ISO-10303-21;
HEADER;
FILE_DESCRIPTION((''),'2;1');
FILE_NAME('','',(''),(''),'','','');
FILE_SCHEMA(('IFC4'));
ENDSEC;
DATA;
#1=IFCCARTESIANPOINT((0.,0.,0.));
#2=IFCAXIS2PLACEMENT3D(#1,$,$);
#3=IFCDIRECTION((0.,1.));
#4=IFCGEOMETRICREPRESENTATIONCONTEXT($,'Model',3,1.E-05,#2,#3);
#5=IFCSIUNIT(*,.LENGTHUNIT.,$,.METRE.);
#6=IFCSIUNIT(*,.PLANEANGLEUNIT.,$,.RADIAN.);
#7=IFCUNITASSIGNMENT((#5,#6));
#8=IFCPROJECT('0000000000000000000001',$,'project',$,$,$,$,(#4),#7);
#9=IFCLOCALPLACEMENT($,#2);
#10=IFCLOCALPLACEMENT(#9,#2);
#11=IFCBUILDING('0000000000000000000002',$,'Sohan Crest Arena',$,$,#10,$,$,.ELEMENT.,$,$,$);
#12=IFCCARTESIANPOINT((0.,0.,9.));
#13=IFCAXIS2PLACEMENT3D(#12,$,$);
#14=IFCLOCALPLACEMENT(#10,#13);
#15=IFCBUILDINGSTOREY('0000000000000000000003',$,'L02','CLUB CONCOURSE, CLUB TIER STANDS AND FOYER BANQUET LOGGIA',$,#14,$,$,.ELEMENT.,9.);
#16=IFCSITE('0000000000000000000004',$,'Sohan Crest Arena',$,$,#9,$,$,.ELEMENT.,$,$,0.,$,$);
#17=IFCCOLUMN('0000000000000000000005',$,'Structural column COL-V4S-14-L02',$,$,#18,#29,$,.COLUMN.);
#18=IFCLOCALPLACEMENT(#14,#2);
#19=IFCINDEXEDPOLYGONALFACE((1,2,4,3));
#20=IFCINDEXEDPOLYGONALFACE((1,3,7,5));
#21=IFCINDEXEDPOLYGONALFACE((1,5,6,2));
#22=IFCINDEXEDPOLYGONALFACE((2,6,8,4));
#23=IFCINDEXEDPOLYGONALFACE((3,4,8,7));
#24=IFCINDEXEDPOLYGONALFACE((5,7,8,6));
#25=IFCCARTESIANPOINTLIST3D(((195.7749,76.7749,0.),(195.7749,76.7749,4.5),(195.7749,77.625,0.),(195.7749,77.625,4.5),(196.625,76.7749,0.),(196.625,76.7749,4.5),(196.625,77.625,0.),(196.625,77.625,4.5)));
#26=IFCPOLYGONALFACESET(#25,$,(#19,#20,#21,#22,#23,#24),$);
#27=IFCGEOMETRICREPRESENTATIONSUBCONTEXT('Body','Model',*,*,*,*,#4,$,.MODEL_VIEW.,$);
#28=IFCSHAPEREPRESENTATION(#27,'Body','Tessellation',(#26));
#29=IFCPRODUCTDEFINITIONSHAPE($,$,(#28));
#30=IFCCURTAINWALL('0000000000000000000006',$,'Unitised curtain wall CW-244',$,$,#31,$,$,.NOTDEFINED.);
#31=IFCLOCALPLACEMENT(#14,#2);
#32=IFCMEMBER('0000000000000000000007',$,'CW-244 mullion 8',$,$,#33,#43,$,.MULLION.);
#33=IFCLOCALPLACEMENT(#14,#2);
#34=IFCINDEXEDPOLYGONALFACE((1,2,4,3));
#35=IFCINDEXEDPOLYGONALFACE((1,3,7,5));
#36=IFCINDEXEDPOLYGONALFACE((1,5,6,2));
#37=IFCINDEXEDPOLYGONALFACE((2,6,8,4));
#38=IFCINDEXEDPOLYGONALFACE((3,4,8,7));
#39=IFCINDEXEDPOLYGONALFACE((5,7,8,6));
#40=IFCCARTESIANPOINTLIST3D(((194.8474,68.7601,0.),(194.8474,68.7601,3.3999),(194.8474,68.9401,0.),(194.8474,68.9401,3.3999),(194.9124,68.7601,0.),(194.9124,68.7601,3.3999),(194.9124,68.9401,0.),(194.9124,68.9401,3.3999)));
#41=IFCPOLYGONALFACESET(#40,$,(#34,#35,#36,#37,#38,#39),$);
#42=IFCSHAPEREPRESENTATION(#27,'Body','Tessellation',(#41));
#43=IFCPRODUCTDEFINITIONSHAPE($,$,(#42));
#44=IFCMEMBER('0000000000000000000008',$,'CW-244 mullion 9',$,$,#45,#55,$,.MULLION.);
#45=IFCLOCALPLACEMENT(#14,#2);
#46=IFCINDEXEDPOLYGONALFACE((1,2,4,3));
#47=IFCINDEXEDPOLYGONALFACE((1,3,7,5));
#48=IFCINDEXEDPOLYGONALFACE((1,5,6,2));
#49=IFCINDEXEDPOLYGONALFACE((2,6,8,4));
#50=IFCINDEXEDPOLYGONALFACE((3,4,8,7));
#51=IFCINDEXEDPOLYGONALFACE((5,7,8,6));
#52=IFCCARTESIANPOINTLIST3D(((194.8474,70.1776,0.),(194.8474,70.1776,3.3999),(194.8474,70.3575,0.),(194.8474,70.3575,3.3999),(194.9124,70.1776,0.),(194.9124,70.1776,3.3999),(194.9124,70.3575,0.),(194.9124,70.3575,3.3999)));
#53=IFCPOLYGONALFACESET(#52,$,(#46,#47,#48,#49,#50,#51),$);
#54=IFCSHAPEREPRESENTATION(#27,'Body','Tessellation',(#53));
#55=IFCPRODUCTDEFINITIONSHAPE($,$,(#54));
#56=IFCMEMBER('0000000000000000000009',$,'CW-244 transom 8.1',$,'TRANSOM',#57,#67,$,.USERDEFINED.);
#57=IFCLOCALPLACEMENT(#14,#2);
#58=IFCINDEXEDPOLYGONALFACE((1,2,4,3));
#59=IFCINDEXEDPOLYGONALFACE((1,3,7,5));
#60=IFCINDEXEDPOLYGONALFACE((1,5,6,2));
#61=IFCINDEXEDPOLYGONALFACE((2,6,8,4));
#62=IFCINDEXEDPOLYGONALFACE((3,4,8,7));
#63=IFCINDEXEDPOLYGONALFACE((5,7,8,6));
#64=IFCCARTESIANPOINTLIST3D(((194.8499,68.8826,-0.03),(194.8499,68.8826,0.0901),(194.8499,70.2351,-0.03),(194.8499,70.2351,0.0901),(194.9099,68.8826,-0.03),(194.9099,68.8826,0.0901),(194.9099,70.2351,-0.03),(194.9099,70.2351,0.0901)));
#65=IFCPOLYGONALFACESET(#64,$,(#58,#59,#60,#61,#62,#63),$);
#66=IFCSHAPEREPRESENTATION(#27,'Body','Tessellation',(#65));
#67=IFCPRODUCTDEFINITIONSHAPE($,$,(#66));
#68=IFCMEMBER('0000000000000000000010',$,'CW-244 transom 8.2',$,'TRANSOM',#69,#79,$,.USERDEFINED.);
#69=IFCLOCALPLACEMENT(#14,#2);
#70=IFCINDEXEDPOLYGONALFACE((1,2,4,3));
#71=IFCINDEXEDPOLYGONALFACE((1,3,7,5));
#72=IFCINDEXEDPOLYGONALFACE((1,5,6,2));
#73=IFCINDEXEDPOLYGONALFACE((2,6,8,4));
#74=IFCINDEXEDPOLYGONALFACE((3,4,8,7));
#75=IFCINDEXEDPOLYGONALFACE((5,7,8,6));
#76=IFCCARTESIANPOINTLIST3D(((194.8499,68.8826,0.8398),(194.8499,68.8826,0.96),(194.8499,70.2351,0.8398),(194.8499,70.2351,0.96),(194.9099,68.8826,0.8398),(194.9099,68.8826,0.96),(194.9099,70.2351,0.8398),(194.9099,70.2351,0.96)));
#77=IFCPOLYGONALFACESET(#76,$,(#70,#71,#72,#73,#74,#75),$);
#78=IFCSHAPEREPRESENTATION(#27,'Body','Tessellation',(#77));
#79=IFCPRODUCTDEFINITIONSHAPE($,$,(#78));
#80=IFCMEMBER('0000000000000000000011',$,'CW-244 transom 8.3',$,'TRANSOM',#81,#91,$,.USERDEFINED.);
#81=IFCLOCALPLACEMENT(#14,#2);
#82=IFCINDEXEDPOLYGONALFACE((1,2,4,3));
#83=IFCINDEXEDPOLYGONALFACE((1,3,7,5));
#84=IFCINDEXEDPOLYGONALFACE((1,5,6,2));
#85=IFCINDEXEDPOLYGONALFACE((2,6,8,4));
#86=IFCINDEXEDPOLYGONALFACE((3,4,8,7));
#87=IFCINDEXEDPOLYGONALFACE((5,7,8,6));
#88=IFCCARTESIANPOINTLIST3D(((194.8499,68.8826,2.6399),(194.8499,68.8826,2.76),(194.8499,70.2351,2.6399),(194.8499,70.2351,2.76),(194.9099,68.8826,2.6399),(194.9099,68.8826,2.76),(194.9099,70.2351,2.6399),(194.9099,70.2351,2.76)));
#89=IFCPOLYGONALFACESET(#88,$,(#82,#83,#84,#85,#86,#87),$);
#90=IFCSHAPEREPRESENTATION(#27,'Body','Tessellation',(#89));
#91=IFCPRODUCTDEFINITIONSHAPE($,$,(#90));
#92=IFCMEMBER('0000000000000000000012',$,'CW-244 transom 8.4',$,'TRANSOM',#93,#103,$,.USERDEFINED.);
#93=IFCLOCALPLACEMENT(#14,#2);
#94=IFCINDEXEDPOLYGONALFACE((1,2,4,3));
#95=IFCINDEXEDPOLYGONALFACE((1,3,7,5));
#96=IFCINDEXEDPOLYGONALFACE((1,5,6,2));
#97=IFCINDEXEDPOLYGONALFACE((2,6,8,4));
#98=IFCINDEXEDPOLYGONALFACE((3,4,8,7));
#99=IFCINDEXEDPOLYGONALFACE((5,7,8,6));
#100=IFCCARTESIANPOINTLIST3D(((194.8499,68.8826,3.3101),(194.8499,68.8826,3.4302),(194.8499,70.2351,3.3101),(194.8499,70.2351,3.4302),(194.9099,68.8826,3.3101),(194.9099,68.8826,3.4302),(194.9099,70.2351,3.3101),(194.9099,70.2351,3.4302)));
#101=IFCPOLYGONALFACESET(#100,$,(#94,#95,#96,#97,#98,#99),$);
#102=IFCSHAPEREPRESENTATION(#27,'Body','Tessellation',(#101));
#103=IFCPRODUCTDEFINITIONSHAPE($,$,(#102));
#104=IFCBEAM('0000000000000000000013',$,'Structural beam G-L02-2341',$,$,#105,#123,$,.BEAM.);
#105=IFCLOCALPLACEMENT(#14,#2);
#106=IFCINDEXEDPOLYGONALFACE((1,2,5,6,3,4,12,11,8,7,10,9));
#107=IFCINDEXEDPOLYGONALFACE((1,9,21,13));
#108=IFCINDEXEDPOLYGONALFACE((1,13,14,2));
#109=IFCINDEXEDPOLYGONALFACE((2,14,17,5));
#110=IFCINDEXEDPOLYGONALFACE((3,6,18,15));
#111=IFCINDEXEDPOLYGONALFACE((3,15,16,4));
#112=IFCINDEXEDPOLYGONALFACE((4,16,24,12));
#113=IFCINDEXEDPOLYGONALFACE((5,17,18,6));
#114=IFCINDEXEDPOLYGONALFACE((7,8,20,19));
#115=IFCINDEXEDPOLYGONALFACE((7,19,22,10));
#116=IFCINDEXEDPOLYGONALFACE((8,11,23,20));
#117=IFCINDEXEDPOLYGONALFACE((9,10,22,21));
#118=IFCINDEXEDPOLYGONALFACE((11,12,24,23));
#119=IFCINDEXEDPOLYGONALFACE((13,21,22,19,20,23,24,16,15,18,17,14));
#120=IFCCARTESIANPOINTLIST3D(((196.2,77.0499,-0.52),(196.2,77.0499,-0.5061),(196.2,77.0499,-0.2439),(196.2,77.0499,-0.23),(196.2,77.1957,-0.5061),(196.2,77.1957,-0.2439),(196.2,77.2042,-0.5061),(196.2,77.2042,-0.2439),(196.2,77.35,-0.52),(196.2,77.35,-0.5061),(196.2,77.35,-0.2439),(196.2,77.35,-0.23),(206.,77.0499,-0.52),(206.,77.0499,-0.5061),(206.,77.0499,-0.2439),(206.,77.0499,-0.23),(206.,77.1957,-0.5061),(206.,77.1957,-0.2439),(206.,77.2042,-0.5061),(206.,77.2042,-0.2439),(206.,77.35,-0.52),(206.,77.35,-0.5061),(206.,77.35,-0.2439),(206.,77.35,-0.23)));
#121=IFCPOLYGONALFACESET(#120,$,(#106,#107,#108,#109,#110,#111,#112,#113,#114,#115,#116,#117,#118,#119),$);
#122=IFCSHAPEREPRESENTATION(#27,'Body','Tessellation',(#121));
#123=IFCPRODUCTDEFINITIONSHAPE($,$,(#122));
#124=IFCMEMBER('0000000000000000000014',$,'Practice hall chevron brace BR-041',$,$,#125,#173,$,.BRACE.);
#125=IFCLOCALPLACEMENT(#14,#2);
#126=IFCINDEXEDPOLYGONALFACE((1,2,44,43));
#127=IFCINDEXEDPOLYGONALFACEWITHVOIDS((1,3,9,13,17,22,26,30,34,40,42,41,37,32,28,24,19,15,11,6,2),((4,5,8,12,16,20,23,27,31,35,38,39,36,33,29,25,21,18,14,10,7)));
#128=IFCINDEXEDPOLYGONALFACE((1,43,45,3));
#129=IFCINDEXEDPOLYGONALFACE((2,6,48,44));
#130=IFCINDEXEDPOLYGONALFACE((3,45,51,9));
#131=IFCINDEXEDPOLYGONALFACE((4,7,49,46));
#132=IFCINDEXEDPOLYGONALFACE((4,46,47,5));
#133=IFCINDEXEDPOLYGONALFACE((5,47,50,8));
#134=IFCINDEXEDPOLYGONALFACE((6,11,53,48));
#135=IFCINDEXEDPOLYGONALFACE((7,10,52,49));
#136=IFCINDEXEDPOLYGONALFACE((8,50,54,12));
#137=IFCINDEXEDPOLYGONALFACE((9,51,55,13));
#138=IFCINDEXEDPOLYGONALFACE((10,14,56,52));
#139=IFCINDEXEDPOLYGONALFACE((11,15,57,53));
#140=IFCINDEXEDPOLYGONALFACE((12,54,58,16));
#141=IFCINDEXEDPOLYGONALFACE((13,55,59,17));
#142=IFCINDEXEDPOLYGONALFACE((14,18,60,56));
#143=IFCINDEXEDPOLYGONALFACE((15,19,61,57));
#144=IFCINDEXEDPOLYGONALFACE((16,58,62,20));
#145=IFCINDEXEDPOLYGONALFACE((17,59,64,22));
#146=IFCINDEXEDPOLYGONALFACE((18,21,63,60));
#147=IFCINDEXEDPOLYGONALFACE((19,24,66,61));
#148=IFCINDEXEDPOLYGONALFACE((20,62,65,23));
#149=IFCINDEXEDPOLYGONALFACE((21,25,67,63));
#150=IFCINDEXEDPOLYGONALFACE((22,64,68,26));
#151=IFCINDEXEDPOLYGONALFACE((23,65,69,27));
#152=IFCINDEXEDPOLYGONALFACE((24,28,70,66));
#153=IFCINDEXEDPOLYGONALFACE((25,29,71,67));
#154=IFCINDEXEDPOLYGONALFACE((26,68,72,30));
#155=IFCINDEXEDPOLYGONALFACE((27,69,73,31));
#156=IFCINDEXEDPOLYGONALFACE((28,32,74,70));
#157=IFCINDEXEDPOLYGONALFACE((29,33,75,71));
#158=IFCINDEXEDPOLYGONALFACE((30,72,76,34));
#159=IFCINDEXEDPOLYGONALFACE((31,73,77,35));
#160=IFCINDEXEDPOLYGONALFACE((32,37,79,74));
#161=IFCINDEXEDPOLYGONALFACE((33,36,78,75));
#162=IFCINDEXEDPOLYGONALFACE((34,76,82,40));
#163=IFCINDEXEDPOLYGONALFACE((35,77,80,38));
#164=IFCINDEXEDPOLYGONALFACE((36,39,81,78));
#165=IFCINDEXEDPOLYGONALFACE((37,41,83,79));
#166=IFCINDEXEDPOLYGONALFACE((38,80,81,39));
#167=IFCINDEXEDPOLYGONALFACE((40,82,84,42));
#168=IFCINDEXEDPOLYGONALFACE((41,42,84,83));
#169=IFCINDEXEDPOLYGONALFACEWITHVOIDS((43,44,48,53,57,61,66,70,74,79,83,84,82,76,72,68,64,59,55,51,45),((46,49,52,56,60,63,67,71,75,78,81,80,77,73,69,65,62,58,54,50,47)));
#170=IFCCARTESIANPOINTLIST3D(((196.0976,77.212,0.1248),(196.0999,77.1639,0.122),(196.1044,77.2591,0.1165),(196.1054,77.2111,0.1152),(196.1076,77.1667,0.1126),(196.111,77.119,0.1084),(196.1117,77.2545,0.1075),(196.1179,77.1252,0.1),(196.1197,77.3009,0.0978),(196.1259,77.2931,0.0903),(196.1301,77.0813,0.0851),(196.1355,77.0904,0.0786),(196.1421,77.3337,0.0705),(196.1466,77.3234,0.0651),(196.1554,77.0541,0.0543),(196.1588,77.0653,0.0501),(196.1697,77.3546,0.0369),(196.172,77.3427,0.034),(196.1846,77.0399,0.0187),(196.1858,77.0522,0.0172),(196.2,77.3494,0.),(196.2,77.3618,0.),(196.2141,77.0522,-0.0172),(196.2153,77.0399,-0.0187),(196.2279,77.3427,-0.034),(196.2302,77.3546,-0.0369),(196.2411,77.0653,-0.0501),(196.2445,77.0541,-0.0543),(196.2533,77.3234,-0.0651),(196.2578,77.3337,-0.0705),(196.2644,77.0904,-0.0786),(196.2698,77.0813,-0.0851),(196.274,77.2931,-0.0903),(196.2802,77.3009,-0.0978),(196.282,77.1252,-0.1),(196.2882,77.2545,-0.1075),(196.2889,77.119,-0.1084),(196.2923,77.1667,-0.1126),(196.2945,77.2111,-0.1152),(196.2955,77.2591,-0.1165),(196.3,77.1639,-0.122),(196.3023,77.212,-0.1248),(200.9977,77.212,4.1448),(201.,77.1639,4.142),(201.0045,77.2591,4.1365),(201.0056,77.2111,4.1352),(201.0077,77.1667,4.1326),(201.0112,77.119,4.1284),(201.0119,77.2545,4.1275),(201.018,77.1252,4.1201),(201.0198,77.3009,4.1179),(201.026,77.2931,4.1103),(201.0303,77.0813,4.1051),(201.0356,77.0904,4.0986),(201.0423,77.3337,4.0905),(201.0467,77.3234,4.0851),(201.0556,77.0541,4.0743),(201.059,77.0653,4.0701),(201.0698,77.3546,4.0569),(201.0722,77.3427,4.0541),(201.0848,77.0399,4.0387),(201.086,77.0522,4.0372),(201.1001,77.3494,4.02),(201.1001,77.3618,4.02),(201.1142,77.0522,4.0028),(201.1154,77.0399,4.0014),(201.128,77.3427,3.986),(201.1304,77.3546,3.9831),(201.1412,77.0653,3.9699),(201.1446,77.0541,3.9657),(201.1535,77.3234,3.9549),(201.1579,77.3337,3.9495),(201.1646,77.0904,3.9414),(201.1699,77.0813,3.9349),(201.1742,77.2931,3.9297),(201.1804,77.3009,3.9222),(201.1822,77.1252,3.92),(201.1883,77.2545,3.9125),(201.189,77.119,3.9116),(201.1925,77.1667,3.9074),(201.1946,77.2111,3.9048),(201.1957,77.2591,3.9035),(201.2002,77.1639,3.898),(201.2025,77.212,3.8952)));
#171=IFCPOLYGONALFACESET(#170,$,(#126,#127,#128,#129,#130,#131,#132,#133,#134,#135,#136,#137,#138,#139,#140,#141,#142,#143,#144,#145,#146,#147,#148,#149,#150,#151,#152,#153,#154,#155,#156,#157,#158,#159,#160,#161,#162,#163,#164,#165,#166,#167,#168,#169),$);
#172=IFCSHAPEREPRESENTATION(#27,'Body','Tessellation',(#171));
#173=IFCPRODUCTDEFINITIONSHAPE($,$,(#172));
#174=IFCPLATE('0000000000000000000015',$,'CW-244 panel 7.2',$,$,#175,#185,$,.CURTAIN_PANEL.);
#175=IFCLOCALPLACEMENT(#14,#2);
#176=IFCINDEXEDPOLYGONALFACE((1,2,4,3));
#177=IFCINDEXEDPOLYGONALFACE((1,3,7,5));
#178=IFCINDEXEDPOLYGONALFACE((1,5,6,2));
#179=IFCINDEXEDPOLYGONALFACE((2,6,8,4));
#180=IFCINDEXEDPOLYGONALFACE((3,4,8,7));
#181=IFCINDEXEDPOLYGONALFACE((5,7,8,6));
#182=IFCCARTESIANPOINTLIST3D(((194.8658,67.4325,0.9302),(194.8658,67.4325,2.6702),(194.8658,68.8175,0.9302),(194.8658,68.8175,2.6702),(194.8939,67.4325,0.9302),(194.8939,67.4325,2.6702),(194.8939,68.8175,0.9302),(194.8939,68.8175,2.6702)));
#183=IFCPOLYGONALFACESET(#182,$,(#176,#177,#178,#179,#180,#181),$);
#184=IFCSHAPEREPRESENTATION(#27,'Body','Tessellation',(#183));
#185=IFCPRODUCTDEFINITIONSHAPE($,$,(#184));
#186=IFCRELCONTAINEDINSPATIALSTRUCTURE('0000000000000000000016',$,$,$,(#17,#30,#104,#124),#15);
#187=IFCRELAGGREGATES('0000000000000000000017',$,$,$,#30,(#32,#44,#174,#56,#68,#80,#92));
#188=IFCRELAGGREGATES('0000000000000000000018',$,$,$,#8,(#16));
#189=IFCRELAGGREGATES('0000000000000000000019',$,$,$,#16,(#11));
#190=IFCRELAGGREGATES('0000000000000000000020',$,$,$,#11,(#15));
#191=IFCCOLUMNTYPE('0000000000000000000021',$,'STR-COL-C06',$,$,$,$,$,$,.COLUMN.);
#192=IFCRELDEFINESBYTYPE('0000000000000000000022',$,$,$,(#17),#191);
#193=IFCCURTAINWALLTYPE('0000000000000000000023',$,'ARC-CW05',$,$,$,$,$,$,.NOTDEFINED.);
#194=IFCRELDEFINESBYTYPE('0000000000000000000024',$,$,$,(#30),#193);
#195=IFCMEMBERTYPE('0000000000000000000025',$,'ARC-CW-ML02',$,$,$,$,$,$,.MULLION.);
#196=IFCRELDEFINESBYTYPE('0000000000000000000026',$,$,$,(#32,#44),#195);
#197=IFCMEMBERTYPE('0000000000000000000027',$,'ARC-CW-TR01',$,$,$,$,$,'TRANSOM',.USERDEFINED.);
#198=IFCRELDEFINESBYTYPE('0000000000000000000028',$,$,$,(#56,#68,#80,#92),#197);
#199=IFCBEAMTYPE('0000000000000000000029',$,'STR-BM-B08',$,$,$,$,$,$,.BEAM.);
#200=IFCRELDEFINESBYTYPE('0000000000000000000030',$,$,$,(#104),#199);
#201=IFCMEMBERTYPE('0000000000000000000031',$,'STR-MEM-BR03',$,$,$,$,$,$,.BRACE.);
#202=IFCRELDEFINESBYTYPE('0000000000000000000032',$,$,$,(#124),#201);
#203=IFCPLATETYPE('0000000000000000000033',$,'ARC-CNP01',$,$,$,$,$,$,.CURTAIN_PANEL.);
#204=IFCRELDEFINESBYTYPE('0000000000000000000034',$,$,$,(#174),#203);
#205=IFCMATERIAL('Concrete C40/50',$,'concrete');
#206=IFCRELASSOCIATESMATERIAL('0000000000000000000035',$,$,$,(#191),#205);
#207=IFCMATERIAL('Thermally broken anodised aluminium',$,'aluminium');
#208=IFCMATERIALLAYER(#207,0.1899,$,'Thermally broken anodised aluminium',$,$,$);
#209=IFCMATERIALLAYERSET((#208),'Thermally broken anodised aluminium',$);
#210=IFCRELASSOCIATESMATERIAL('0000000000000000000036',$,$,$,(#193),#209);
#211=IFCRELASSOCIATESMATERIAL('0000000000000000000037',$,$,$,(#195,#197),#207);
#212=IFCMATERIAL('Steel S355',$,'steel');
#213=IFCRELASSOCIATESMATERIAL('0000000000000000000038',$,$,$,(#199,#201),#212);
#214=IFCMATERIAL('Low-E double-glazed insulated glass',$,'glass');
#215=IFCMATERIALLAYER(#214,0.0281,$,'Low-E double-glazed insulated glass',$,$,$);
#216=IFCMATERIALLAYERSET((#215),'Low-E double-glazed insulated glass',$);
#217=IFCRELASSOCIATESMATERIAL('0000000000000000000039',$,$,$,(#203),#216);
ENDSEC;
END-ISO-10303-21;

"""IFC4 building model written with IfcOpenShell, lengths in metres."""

from ifc_helpers import new_model, si_unit, direction, frame, origin, origin_2d, place, context, subcontext, project, spatial, rectangle, hollow_circle, i_section, extrude, material, layer, layer_set, material_profile, profile_set, type_object, element, aggregate, save


model = new_model("IFC4")

# Units and contexts
model_context = context("Model", 3, precision=1e-05, world=origin(), true_north=direction((0.0, 1.0)))
body_context = subcontext(model_context, "Body", "Model", "MODEL_VIEW")
ifc_project = project(units=[si_unit("LENGTHUNIT", "METRE"), si_unit("PLANEANGLEUNIT", "RADIAN")], contexts=[model_context])

# Site, building, storey
site_placement = place(None, origin())
site = spatial("IfcSite", under=ifc_project, at=site_placement, Name="Sohan Crest Arena", CompositionType="ELEMENT", RefElevation=0.0)
building_placement = place(site_placement, origin())
building = spatial("IfcBuilding", under=site, at=building_placement, Name="Sohan Crest Arena", CompositionType="ELEMENT")
storey_placement = place(building_placement, frame((0.0, 0.0, 9.0)))
storey = spatial("IfcBuildingStorey", under=building, at=storey_placement, Name="L02", Description="CLUB CONCOURSE, CLUB TIER STANDS AND FOYER BANQUET LOGGIA", CompositionType="ELEMENT", Elevation=9.0)

# Column
ifc_material_1 = material(Name="Concrete C40/50", Category="concrete")
ifc_material_profile_1 = material_profile(ifc_material_1, rectangle(XDim=0.8501, YDim=0.8501, at=origin_2d()), Name="RC 850x850")
ifc_profile_set_1 = profile_set([ifc_material_profile_1], Name="Concrete C40/50")
column_type = type_object("IfcColumnType", Name="STR-COL-C06", PredefinedType="COLUMN", material=ifc_profile_set_1)
column_placement = place(storey_placement, frame((196.2, 77.2, 0.0), z_axis=(0.0, 0.0, 1.0), x_axis=(1.0, 0.0, 0.0)))
element("IfcColumn", 1, at=column_placement, inside=storey, type_object=column_type, Name="Structural column COL-V4S-14-L02", PredefinedType="COLUMN", context=body_context, shape_type="SweptSolid", body=[
    extrude(rectangle(XDim=0.8501, YDim=0.8501, at=origin_2d()), origin(), (0.0, 0.0, 1.0), 4.5),
])

# Curtain wall, members
ifc_material_2 = material(Name="Thermally broken anodised aluminium", Category="aluminium")
ifc_layer_1 = layer(ifc_material_2, 0.1899, Name="Thermally broken anodised aluminium")
ifc_layer_set_1 = layer_set([ifc_layer_1], Name="Thermally broken anodised aluminium")
curtain_wall_type = type_object("IfcCurtainWallType", Name="ARC-CW05", PredefinedType="NOTDEFINED", material=ifc_layer_set_1)
curtain_wall_placement = place(storey_placement, origin())
curtain_wall = element("IfcCurtainWall", 2, at=curtain_wall_placement, inside=storey, type_object=curtain_wall_type, Name="Unitised curtain wall CW-244", PredefinedType="NOTDEFINED")
ifc_material_profile_2 = material_profile(ifc_material_2, rectangle(XDim=0.0649, YDim=0.1799, at=origin_2d()), Name="ALU-MULL 65x180")
ifc_profile_set_2 = profile_set([ifc_material_profile_2], Name="Thermally broken anodised aluminium")
member_type_1 = type_object("IfcMemberType", Name="ARC-CW-ML02", PredefinedType="MULLION", material=ifc_profile_set_2)
member_1_placement = place(storey_placement, frame((194.8799, 68.8501, 0.0), z_axis=(0.0, 0.0, 1.0), x_axis=(-1.0, 0.0, 0.0)))
member_1 = element("IfcMember", 3, at=member_1_placement, type_object=member_type_1, Name="CW-244 mullion 8", PredefinedType="MULLION", context=body_context, shape_type="SweptSolid", body=[
    extrude(rectangle(XDim=0.0649, YDim=0.1799, at=origin_2d()), origin(), (0.0, 0.0, 1.0), 3.3999),
])
member_2_placement = place(storey_placement, frame((194.8799, 70.2676, 0.0), z_axis=(0.0, 0.0, 1.0), x_axis=(-1.0, 0.0, 0.0)))
member_2 = element("IfcMember", 4, at=member_2_placement, type_object=member_type_1, Name="CW-244 mullion 9", PredefinedType="MULLION", context=body_context, shape_type="SweptSolid", body=[
    extrude(rectangle(XDim=0.0649, YDim=0.1799, at=origin_2d()), origin(), (0.0, 0.0, 1.0), 3.3999),
])
ifc_material_profile_3 = material_profile(ifc_material_2, rectangle(XDim=0.0601, YDim=0.1201, at=origin_2d()), Name="ALU-TRAN 60x120")
ifc_profile_set_3 = profile_set([ifc_material_profile_3], Name="Thermally broken anodised aluminium")
member_type_2 = type_object("IfcMemberType", Name="ARC-CW-TR01", ElementType="TRANSOM", PredefinedType="USERDEFINED", material=ifc_profile_set_3)
member_3_placement = place(storey_placement, frame((194.8799, 68.8826, 0.03), z_axis=(0.0, 1.0, 0.0), x_axis=(-1.0, 0.0, 0.0)))
member_3 = element("IfcMember", 5, at=member_3_placement, type_object=member_type_2, Name="CW-244 transom 8.1", ObjectType="TRANSOM", PredefinedType="USERDEFINED", context=body_context, shape_type="SweptSolid", body=[
    extrude(rectangle(XDim=0.0601, YDim=0.1201, at=origin_2d()), origin(), (0.0, 0.0, 1.0), 1.3525),
])
member_4_placement = place(storey_placement, frame((194.8799, 68.8826, 0.8999), z_axis=(0.0, 1.0, 0.0), x_axis=(-1.0, 0.0, 0.0)))
member_4 = element("IfcMember", 6, at=member_4_placement, type_object=member_type_2, Name="CW-244 transom 8.2", ObjectType="TRANSOM", PredefinedType="USERDEFINED", context=body_context, shape_type="SweptSolid", body=[
    extrude(rectangle(XDim=0.0601, YDim=0.1201, at=origin_2d()), origin(), (0.0, 0.0, 1.0), 1.3525),
])
member_5_placement = place(storey_placement, frame((194.8799, 68.8826, 2.7), z_axis=(0.0, 1.0, 0.0), x_axis=(-1.0, 0.0, 0.0)))
member_5 = element("IfcMember", 7, at=member_5_placement, type_object=member_type_2, Name="CW-244 transom 8.3", ObjectType="TRANSOM", PredefinedType="USERDEFINED", context=body_context, shape_type="SweptSolid", body=[
    extrude(rectangle(XDim=0.0601, YDim=0.1201, at=origin_2d()), origin(), (0.0, 0.0, 1.0), 1.3525),
])
member_6_placement = place(storey_placement, frame((194.8799, 68.8826, 3.3701), z_axis=(0.0, 1.0, 0.0), x_axis=(-1.0, 0.0, 0.0)))
member_6 = element("IfcMember", 8, at=member_6_placement, type_object=member_type_2, Name="CW-244 transom 8.4", ObjectType="TRANSOM", PredefinedType="USERDEFINED", context=body_context, shape_type="SweptSolid", body=[
    extrude(rectangle(XDim=0.0601, YDim=0.1201, at=origin_2d()), origin(), (0.0, 0.0, 1.0), 1.3525),
])

# Beam
ifc_material_3 = material(Name="Steel S355", Category="steel")
ifc_material_profile_4 = material_profile(ifc_material_3, i_section(OverallWidth=0.3, OverallDepth=0.29, WebThickness=0.0085, FlangeThickness=0.0139, at=origin_2d()), Name="HEA 300")
ifc_profile_set_4 = profile_set([ifc_material_profile_4], Name="Steel S355")
beam_type = type_object("IfcBeamType", Name="STR-BM-B08", PredefinedType="BEAM", material=ifc_profile_set_4)
beam_placement = place(storey_placement, frame((196.2, 77.2, -0.375), z_axis=(1.0, 0.0, 0.0), x_axis=(0.0, 1.0, 0.0)))
element("IfcBeam", 9, at=beam_placement, inside=storey, type_object=beam_type, Name="Structural beam G-L02-2341", PredefinedType="BEAM", context=body_context, shape_type="SweptSolid", body=[
    extrude(i_section(OverallWidth=0.3, OverallDepth=0.29, WebThickness=0.0085, FlangeThickness=0.0139, at=origin_2d()), origin(), (0.0, 0.0, 1.0), 9.8),
])

# Member
ifc_material_profile_5 = material_profile(ifc_material_3, hollow_circle(Radius=0.1619, WallThickness=0.0125, at=origin_2d()), Name="CHS 323.9x12.5")
ifc_profile_set_5 = profile_set([ifc_material_profile_5], Name="Steel S355")
member_type_3 = type_object("IfcMemberType", Name="STR-MEM-BR03", PredefinedType="BRACE", material=ifc_profile_set_5)
member_7_placement = place(storey_placement, frame((196.2, 77.2, 0.0), z_axis=(0.773121, 0.0, 0.634259), x_axis=(0.0, 1.0, 0.0)))
element("IfcMember", 10, at=member_7_placement, inside=storey, type_object=member_type_3, Name="Practice hall chevron brace BR-041", PredefinedType="BRACE", context=body_context, shape_type="SweptSolid", body=[
    extrude(hollow_circle(Radius=0.1619, WallThickness=0.0125, at=origin_2d()), origin(), (0.0, 0.0, 1.0), 6.3381),
])

# Plate
ifc_material_4 = material(Name="Low-E double-glazed insulated glass", Category="glass")
ifc_layer_2 = layer(ifc_material_4, 0.0281, Name="Low-E double-glazed insulated glass")
ifc_layer_set_2 = layer_set([ifc_layer_2], Name="Low-E double-glazed insulated glass")
plate_type_1 = type_object("IfcPlateType", Name="ARC-CNP01", PredefinedType="CURTAIN_PANEL", material=ifc_layer_set_2)
plate_1_placement = place(storey_placement, frame((194.8799, 68.125, 0.9302), z_axis=(0.0, 0.0, 1.0), x_axis=(0.0, 1.0, 0.0)))
plate_1 = element("IfcPlate", 11, at=plate_1_placement, type_object=plate_type_1, Name="CW-244 panel 7.2", PredefinedType="CURTAIN_PANEL", context=body_context, shape_type="SweptSolid", body=[
    extrude(rectangle(XDim=1.385, YDim=0.0281, at=origin_2d()), origin(), (0.0, 0.0, 1.0), 1.74),
])
aggregate(curtain_wall, [member_1, member_2, plate_1, member_3, member_4, member_5, member_6])

save(model, "model.ifc")
